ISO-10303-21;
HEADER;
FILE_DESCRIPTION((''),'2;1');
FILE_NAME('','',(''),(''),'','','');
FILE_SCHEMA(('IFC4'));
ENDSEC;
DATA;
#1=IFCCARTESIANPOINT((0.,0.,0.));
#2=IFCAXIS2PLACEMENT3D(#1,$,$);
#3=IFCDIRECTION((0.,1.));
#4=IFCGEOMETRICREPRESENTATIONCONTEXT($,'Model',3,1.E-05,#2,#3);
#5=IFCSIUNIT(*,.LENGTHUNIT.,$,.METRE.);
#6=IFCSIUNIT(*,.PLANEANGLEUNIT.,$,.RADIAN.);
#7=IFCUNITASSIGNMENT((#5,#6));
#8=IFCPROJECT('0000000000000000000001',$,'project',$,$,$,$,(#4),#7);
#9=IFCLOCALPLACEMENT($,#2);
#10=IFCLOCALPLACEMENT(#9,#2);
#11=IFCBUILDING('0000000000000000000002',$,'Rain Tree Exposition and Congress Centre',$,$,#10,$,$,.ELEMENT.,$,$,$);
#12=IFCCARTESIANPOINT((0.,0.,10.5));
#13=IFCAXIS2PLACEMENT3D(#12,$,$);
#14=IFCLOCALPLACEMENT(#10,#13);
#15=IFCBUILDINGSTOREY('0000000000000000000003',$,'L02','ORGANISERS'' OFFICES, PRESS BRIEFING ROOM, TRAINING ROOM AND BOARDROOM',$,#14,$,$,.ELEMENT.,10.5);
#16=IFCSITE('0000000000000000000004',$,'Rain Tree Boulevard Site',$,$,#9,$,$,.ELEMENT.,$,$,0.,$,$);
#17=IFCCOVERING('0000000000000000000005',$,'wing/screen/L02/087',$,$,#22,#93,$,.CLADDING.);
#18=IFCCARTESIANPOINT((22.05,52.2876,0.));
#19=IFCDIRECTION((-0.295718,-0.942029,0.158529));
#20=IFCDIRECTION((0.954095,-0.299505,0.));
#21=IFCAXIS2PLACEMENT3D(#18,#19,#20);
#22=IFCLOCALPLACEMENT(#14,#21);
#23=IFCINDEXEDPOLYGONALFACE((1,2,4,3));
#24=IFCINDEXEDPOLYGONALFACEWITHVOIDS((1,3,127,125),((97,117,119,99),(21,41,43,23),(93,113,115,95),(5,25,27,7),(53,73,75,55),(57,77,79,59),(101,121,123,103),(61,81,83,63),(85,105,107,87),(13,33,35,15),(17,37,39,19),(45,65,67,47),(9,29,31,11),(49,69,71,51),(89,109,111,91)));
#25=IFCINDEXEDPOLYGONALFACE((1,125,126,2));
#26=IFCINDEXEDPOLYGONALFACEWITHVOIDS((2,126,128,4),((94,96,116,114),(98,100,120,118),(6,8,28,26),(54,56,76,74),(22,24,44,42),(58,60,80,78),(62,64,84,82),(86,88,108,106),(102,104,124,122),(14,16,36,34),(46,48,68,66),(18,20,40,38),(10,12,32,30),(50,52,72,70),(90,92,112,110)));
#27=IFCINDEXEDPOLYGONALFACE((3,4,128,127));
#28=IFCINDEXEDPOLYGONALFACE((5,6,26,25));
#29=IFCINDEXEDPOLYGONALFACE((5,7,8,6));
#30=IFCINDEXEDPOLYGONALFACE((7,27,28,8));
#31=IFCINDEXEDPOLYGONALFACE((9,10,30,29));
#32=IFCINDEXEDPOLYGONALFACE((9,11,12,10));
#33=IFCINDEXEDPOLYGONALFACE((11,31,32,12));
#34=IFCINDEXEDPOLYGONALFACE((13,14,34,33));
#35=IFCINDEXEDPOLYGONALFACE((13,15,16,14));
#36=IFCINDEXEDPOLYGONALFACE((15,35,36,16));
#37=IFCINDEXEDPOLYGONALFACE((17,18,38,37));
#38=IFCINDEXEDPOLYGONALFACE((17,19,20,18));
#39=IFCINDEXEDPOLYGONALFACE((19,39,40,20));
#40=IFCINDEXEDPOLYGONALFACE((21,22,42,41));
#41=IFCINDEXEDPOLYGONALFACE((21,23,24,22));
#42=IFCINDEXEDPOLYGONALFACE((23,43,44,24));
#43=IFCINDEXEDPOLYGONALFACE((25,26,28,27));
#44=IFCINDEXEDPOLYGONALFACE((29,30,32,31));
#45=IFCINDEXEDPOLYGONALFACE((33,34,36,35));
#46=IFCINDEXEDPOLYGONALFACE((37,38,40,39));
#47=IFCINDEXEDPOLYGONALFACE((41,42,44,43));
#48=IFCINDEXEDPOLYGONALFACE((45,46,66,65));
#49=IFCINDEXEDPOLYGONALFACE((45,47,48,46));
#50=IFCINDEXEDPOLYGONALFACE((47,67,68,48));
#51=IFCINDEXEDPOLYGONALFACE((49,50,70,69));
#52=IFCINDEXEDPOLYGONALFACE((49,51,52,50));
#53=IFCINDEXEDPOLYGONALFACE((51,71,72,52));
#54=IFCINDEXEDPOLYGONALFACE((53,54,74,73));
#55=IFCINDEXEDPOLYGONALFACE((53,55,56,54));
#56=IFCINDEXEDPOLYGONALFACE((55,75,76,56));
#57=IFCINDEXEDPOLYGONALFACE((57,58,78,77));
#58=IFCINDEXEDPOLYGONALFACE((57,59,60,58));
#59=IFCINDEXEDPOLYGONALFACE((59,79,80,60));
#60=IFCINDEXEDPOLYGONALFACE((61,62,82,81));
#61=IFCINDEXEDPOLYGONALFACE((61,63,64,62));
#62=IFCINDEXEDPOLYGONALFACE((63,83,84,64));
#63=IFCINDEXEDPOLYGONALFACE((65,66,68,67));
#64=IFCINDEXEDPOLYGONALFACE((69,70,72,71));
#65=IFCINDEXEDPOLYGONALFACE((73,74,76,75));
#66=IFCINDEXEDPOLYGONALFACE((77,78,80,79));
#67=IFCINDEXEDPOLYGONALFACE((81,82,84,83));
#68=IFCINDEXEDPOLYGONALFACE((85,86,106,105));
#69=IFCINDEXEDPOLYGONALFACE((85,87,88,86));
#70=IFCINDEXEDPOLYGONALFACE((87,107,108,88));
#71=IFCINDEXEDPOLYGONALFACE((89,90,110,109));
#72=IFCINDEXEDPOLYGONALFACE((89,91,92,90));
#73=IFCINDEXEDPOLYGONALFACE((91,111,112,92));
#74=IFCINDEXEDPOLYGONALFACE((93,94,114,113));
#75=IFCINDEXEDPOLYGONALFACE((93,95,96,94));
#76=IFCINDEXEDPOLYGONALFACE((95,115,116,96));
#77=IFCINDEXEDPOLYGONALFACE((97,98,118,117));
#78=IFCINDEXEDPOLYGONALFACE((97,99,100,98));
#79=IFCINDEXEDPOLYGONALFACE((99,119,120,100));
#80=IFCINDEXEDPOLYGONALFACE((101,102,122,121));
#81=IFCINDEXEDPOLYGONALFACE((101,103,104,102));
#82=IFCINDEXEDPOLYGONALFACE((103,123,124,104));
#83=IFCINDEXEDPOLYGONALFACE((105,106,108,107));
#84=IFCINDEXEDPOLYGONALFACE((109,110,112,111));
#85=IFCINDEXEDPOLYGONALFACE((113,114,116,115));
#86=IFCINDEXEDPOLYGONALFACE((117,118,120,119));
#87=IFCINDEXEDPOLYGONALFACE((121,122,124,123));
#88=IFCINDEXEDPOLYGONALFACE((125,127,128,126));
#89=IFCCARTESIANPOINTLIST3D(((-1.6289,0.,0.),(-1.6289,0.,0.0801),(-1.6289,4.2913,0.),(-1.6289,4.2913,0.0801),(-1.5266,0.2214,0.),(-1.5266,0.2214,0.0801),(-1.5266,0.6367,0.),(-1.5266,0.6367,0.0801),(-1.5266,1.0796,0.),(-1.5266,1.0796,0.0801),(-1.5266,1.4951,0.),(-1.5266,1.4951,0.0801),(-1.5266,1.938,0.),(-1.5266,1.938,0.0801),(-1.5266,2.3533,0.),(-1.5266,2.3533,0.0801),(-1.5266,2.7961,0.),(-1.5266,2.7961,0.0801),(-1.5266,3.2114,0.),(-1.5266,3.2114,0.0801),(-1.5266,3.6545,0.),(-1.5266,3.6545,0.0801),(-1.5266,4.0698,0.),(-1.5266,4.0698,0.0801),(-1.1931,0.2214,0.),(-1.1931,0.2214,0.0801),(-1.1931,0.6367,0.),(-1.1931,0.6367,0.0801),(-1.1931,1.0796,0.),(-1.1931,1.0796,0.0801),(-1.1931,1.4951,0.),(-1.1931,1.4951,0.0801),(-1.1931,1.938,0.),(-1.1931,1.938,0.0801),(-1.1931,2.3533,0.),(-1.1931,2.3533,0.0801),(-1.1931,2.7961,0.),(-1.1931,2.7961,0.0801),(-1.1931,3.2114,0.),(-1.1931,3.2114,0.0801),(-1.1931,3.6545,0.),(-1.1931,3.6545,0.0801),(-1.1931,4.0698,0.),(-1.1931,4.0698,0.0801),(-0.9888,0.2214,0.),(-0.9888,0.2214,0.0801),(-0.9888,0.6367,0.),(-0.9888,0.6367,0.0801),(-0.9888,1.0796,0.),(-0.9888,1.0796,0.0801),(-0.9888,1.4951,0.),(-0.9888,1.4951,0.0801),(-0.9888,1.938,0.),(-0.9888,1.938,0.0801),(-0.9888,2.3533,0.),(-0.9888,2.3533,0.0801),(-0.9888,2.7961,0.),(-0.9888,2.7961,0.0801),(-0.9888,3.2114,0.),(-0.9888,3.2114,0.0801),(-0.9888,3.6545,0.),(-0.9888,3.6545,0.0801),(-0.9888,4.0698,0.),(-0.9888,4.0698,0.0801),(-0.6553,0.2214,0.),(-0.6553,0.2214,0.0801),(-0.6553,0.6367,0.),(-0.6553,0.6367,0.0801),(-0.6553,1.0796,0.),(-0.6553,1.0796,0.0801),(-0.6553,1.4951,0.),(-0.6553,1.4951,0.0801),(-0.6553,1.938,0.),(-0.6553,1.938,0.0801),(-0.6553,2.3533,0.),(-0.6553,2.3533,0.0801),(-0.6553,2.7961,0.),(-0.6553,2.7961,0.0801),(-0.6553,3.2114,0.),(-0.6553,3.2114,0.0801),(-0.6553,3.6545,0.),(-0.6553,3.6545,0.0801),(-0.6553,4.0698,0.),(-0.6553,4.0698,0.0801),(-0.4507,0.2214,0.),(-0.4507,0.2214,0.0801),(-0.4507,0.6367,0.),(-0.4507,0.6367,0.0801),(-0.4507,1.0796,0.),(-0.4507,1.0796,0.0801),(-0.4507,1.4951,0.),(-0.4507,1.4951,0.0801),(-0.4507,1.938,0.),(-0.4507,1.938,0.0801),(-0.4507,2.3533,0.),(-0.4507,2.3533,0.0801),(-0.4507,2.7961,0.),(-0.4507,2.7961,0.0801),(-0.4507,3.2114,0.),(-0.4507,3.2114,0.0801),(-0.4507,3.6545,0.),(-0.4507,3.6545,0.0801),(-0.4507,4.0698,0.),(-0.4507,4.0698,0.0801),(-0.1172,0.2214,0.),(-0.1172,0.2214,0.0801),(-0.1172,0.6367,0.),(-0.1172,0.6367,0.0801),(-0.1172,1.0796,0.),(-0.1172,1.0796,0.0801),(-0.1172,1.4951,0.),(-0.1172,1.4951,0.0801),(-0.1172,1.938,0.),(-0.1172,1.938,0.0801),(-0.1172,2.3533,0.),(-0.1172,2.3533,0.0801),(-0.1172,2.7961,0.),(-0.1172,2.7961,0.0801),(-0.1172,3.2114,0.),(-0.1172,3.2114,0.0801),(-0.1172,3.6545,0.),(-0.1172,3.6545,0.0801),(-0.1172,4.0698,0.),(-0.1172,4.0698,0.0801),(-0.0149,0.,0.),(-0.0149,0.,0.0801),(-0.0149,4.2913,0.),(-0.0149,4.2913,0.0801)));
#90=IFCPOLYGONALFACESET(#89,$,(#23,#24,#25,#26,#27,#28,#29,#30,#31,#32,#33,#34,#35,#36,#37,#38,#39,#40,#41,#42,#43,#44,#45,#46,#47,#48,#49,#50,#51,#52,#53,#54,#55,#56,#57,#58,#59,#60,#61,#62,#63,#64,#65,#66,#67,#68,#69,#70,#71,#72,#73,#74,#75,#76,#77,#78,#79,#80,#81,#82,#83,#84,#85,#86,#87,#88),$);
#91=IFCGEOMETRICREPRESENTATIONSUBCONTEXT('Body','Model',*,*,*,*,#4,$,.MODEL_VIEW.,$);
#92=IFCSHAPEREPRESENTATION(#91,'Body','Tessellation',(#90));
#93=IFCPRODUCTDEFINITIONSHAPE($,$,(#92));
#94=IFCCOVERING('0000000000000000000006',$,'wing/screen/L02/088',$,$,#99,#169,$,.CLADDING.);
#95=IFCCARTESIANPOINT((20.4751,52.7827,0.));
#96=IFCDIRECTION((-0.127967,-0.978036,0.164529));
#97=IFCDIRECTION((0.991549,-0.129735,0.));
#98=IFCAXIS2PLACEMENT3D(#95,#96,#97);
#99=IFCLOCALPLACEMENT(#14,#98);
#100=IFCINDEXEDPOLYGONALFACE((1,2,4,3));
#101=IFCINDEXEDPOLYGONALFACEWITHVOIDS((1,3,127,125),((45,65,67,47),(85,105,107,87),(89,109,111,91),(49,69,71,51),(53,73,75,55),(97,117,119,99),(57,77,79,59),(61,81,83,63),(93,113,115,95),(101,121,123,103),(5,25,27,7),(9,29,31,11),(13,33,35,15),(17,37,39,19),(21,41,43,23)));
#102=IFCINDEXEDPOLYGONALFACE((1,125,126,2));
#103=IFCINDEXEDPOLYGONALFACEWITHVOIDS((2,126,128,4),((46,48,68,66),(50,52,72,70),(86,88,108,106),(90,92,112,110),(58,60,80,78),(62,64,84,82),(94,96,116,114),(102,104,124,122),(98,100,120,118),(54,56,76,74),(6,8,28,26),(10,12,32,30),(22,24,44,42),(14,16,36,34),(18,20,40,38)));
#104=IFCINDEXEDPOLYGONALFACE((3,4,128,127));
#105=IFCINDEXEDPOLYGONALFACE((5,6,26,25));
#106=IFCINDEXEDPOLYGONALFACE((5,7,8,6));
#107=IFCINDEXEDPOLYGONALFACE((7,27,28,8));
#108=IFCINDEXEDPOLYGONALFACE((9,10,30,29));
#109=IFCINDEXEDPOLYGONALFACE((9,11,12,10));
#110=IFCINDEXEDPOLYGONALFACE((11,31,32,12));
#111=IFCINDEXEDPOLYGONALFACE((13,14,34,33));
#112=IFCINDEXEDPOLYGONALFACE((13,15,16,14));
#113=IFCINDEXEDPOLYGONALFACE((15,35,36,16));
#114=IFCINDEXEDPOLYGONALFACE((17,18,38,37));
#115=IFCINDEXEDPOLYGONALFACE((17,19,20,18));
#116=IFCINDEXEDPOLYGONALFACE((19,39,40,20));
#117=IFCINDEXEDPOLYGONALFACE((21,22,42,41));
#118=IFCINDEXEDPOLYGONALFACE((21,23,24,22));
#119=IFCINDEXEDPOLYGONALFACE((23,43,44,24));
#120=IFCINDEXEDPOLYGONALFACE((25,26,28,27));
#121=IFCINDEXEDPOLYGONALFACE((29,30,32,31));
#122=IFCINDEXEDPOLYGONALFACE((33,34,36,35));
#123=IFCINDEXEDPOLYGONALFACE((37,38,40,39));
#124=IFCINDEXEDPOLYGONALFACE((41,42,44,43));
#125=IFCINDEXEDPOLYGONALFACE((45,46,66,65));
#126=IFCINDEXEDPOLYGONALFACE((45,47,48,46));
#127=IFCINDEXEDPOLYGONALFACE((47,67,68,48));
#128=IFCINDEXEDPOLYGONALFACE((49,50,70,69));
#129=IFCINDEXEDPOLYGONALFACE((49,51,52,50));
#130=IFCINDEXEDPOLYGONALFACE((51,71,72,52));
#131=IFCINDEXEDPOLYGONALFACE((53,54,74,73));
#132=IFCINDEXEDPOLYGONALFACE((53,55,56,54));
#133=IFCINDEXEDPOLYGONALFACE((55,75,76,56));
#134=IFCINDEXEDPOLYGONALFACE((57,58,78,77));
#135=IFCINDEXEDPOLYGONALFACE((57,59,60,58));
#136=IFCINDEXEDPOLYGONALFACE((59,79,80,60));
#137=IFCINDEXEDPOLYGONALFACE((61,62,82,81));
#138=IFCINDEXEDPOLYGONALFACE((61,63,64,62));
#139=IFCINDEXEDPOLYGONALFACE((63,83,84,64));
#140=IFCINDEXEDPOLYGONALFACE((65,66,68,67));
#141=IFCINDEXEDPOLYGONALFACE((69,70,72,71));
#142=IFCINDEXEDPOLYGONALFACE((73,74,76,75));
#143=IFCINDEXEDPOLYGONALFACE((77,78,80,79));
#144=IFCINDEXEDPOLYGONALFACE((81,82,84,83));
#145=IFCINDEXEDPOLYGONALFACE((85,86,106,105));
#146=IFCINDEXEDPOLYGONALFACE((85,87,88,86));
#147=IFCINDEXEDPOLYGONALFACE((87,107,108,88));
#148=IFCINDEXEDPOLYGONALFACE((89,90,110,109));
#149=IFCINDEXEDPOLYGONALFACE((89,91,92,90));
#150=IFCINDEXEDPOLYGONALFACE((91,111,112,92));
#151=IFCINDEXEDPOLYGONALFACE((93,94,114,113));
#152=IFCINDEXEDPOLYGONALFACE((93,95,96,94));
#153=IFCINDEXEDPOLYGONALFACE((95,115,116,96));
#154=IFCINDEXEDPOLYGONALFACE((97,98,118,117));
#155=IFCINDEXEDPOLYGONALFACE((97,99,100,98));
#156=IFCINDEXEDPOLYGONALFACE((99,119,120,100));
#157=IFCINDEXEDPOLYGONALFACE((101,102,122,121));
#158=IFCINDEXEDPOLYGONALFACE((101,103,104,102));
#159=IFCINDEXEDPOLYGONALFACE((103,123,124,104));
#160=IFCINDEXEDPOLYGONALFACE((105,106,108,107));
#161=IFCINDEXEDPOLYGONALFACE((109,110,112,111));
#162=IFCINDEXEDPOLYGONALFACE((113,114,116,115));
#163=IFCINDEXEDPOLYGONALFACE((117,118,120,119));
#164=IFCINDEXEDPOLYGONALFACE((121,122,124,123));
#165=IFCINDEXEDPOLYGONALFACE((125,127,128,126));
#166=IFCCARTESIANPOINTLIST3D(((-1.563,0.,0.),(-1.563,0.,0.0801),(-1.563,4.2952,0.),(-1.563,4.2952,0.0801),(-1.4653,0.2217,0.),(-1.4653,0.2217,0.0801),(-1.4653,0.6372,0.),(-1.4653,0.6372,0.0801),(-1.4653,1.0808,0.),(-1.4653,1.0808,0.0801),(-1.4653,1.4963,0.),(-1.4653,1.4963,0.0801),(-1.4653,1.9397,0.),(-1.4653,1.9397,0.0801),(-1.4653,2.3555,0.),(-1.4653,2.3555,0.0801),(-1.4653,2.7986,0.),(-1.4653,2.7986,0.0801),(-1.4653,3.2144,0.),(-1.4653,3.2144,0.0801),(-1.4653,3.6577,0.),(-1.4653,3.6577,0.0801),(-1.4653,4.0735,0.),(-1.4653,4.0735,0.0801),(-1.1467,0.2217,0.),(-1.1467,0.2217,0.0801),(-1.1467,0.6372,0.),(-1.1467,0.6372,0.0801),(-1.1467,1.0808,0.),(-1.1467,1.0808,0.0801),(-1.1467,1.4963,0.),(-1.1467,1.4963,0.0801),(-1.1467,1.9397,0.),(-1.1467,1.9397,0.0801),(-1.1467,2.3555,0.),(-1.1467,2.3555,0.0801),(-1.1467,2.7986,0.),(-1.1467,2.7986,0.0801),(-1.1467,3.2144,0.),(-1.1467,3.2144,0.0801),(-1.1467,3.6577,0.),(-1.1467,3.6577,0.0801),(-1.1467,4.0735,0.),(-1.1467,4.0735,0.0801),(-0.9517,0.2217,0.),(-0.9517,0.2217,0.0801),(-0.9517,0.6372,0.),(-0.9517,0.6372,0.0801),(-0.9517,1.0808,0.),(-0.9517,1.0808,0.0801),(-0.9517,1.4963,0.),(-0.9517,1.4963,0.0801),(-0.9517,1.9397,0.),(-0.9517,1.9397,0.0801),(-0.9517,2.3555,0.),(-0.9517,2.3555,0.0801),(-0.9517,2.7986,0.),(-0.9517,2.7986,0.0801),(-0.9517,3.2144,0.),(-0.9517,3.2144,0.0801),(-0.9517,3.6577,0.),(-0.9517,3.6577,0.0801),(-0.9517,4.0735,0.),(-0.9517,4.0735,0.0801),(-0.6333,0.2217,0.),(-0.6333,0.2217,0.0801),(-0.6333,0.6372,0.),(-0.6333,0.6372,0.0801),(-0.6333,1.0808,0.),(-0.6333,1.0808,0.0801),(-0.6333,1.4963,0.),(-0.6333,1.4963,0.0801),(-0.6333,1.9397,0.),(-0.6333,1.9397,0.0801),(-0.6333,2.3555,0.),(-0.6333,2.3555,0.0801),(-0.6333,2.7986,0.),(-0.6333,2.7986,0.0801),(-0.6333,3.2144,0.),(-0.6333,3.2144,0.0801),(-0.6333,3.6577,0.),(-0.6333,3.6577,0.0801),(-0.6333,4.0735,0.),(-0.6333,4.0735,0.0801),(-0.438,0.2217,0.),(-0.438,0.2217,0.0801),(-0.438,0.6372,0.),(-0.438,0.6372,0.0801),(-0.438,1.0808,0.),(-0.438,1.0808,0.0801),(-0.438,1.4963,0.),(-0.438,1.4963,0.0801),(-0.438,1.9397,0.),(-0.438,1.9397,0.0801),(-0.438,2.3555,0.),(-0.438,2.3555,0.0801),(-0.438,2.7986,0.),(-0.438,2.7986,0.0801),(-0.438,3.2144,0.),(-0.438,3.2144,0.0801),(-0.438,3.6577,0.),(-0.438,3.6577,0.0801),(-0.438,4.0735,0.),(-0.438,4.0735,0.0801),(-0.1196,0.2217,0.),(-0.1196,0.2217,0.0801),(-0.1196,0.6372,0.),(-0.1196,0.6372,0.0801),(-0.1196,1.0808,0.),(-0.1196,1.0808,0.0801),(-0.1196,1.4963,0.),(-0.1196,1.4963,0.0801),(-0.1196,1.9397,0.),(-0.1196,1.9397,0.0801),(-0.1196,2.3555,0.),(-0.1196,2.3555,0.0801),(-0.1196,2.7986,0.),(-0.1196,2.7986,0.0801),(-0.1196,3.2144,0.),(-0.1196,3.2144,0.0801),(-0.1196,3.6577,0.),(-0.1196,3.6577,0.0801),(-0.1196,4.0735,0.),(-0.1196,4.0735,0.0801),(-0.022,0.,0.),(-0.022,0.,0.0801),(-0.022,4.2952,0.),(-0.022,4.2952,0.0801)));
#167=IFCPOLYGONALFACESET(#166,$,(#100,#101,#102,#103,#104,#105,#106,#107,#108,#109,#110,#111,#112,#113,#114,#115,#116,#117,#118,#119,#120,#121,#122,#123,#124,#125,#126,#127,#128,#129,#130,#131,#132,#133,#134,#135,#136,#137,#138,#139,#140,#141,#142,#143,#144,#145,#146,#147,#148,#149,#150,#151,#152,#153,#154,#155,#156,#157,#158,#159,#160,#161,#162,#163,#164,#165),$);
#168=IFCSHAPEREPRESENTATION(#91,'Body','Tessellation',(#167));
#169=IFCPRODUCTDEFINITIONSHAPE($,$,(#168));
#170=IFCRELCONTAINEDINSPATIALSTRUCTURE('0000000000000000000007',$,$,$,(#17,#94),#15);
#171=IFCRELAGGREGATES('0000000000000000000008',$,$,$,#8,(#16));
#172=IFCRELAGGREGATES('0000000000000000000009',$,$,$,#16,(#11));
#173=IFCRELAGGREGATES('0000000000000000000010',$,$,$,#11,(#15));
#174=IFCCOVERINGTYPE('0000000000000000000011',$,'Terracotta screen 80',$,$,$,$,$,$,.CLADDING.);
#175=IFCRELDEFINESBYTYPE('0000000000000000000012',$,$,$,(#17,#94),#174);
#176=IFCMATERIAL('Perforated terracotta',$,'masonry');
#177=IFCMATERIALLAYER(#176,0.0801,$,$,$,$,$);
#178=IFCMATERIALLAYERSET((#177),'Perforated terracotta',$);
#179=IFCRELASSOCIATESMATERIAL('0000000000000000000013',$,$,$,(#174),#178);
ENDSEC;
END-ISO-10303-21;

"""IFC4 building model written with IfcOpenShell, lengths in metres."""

from ifc_helpers import new_model, si_unit, direction, frame, origin, place, context, subcontext, project, spatial, polyline, outline, extrude, material, layer, layer_set, type_object, element, save


model = new_model("IFC4")

# Units and contexts
model_context = context("Model", 3, precision=1e-05, world=origin(), true_north=direction((0.0, 1.0)))
body_context = subcontext(model_context, "Body", "Model", "MODEL_VIEW")
ifc_project = project(units=[si_unit("LENGTHUNIT", "METRE"), si_unit("PLANEANGLEUNIT", "RADIAN")], contexts=[model_context])

# Site, building, storey
site_placement = place(None, origin())
site = spatial("IfcSite", under=ifc_project, at=site_placement, Name="Rain Tree Boulevard Site", CompositionType="ELEMENT", RefElevation=0.0)
building_placement = place(site_placement, origin())
building = spatial("IfcBuilding", under=site, at=building_placement, Name="Rain Tree Exposition and Congress Centre", CompositionType="ELEMENT")
storey_placement = place(building_placement, frame((0.0, 0.0, 10.5)))
storey = spatial("IfcBuildingStorey", under=building, at=storey_placement, Name="L02", Description="ORGANISERS' OFFICES, PRESS BRIEFING ROOM, TRAINING ROOM AND BOARDROOM", CompositionType="ELEMENT", Elevation=10.5)

# Coverings
ifc_material_1 = material(Name="Perforated terracotta", Category="masonry")
ifc_layer_1 = layer(ifc_material_1, 0.0801)
ifc_layer_set_1 = layer_set([ifc_layer_1], Name="Perforated terracotta")
covering_type = type_object("IfcCoveringType", Name="Terracotta screen 80", PredefinedType="CLADDING", material=ifc_layer_set_1)
covering_1_placement = place(storey_placement, frame((22.05, 52.2876, 0.0), z_axis=(-0.295718, -0.942029, 0.158529), x_axis=(0.954095, -0.299505, 0.0)))
element("IfcCovering", 1, at=covering_1_placement, inside=storey, type_object=covering_type, Name="wing/screen/L02/087", PredefinedType="CLADDING", context=body_context, shape_type="SweptSolid", body=[
    extrude(outline(polyline([(-1.6289, 0.0), (-1.6289, 4.2913), (-0.0149, 4.2913), (-0.0149, 0.0), (-1.6289, 0.0)]), holes=[polyline([(-0.1172, 0.2214), (-0.1172, 0.6367), (-0.4507, 0.6367), (-0.4507, 0.2214), (-0.1172, 0.2214)]), polyline([(-0.1172, 1.0796), (-0.1172, 1.4951), (-0.4507, 1.4951), (-0.4507, 1.0796), (-0.1172, 1.0796)]), polyline([(-0.1172, 1.938), (-0.1172, 2.3533), (-0.4507, 2.3533), (-0.4507, 1.938), (-0.1172, 1.938)]), polyline([(-0.1172, 2.7961), (-0.1172, 3.2114), (-0.4507, 3.2114), (-0.4507, 2.7961), (-0.1172, 2.7961)]), polyline([(-0.1172, 3.6545), (-0.1172, 4.0698), (-0.4507, 4.0698), (-0.4507, 3.6545), (-0.1172, 3.6545)]), polyline([(-0.6553, 0.2214), (-0.6553, 0.6367), (-0.9888, 0.6367), (-0.9888, 0.2214), (-0.6553, 0.2214)]), polyline([(-0.6553, 1.0796), (-0.6553, 1.4951), (-0.9888, 1.4951), (-0.9888, 1.0796), (-0.6553, 1.0796)]), polyline([(-0.6553, 1.938), (-0.6553, 2.3533), (-0.9888, 2.3533), (-0.9888, 1.938), (-0.6553, 1.938)]), polyline([(-0.6553, 2.7961), (-0.6553, 3.2114), (-0.9888, 3.2114), (-0.9888, 2.7961), (-0.6553, 2.7961)]), polyline([(-0.6553, 3.6545), (-0.6553, 4.0698), (-0.9888, 4.0698), (-0.9888, 3.6545), (-0.6553, 3.6545)]), polyline([(-1.1931, 0.2214), (-1.1931, 0.6367), (-1.5266, 0.6367), (-1.5266, 0.2214), (-1.1931, 0.2214)]), polyline([(-1.1931, 1.0796), (-1.1931, 1.4951), (-1.5266, 1.4951), (-1.5266, 1.0796), (-1.1931, 1.0796)]), polyline([(-1.1931, 1.938), (-1.1931, 2.3533), (-1.5266, 2.3533), (-1.5266, 1.938), (-1.1931, 1.938)]), polyline([(-1.1931, 2.7961), (-1.1931, 3.2114), (-1.5266, 3.2114), (-1.5266, 2.7961), (-1.1931, 2.7961)]), polyline([(-1.1931, 3.6545), (-1.1931, 4.0698), (-1.5266, 4.0698), (-1.5266, 3.6545), (-1.1931, 3.6545)])]), origin(), (0.0, 0.0, 1.0), 0.0801),
])
covering_2_placement = place(storey_placement, frame((20.4751, 52.7827, 0.0), z_axis=(-0.127967, -0.978036, 0.164529), x_axis=(0.991549, -0.129735, 0.0)))
element("IfcCovering", 2, at=covering_2_placement, inside=storey, type_object=covering_type, Name="wing/screen/L02/088", PredefinedType="CLADDING", context=body_context, shape_type="SweptSolid", body=[
    extrude(outline(polyline([(-1.563, 0.0), (-1.563, 4.2952), (-0.022, 4.2952), (-0.022, 0.0), (-1.563, 0.0)]), holes=[polyline([(-0.1196, 0.2217), (-0.1196, 0.6372), (-0.438, 0.6372), (-0.438, 0.2217), (-0.1196, 0.2217)]), polyline([(-0.1196, 1.0808), (-0.1196, 1.4963), (-0.438, 1.4963), (-0.438, 1.0808), (-0.1196, 1.0808)]), polyline([(-0.1196, 1.9397), (-0.1196, 2.3555), (-0.438, 2.3555), (-0.438, 1.9397), (-0.1196, 1.9397)]), polyline([(-0.1196, 2.7986), (-0.1196, 3.2144), (-0.438, 3.2144), (-0.438, 2.7986), (-0.1196, 2.7986)]), polyline([(-0.1196, 3.6577), (-0.1196, 4.0735), (-0.438, 4.0735), (-0.438, 3.6577), (-0.1196, 3.6577)]), polyline([(-0.6333, 0.2217), (-0.6333, 0.6372), (-0.9517, 0.6372), (-0.9517, 0.2217), (-0.6333, 0.2217)]), polyline([(-0.6333, 1.0808), (-0.6333, 1.4963), (-0.9517, 1.4963), (-0.9517, 1.0808), (-0.6333, 1.0808)]), polyline([(-0.6333, 1.9397), (-0.6333, 2.3555), (-0.9517, 2.3555), (-0.9517, 1.9397), (-0.6333, 1.9397)]), polyline([(-0.6333, 2.7986), (-0.6333, 3.2144), (-0.9517, 3.2144), (-0.9517, 2.7986), (-0.6333, 2.7986)]), polyline([(-0.6333, 3.6577), (-0.6333, 4.0735), (-0.9517, 4.0735), (-0.9517, 3.6577), (-0.6333, 3.6577)]), polyline([(-1.1467, 0.2217), (-1.1467, 0.6372), (-1.4653, 0.6372), (-1.4653, 0.2217), (-1.1467, 0.2217)]), polyline([(-1.1467, 1.0808), (-1.1467, 1.4963), (-1.4653, 1.4963), (-1.4653, 1.0808), (-1.1467, 1.0808)]), polyline([(-1.1467, 1.9397), (-1.1467, 2.3555), (-1.4653, 2.3555), (-1.4653, 1.9397), (-1.1467, 1.9397)]), polyline([(-1.1467, 2.7986), (-1.1467, 3.2144), (-1.4653, 3.2144), (-1.4653, 2.7986), (-1.1467, 2.7986)]), polyline([(-1.1467, 3.6577), (-1.1467, 4.0735), (-1.4653, 4.0735), (-1.4653, 3.6577), (-1.1467, 3.6577)])]), origin(), (0.0, 0.0, 1.0), 0.0801),
])

save(model, "model.ifc")
